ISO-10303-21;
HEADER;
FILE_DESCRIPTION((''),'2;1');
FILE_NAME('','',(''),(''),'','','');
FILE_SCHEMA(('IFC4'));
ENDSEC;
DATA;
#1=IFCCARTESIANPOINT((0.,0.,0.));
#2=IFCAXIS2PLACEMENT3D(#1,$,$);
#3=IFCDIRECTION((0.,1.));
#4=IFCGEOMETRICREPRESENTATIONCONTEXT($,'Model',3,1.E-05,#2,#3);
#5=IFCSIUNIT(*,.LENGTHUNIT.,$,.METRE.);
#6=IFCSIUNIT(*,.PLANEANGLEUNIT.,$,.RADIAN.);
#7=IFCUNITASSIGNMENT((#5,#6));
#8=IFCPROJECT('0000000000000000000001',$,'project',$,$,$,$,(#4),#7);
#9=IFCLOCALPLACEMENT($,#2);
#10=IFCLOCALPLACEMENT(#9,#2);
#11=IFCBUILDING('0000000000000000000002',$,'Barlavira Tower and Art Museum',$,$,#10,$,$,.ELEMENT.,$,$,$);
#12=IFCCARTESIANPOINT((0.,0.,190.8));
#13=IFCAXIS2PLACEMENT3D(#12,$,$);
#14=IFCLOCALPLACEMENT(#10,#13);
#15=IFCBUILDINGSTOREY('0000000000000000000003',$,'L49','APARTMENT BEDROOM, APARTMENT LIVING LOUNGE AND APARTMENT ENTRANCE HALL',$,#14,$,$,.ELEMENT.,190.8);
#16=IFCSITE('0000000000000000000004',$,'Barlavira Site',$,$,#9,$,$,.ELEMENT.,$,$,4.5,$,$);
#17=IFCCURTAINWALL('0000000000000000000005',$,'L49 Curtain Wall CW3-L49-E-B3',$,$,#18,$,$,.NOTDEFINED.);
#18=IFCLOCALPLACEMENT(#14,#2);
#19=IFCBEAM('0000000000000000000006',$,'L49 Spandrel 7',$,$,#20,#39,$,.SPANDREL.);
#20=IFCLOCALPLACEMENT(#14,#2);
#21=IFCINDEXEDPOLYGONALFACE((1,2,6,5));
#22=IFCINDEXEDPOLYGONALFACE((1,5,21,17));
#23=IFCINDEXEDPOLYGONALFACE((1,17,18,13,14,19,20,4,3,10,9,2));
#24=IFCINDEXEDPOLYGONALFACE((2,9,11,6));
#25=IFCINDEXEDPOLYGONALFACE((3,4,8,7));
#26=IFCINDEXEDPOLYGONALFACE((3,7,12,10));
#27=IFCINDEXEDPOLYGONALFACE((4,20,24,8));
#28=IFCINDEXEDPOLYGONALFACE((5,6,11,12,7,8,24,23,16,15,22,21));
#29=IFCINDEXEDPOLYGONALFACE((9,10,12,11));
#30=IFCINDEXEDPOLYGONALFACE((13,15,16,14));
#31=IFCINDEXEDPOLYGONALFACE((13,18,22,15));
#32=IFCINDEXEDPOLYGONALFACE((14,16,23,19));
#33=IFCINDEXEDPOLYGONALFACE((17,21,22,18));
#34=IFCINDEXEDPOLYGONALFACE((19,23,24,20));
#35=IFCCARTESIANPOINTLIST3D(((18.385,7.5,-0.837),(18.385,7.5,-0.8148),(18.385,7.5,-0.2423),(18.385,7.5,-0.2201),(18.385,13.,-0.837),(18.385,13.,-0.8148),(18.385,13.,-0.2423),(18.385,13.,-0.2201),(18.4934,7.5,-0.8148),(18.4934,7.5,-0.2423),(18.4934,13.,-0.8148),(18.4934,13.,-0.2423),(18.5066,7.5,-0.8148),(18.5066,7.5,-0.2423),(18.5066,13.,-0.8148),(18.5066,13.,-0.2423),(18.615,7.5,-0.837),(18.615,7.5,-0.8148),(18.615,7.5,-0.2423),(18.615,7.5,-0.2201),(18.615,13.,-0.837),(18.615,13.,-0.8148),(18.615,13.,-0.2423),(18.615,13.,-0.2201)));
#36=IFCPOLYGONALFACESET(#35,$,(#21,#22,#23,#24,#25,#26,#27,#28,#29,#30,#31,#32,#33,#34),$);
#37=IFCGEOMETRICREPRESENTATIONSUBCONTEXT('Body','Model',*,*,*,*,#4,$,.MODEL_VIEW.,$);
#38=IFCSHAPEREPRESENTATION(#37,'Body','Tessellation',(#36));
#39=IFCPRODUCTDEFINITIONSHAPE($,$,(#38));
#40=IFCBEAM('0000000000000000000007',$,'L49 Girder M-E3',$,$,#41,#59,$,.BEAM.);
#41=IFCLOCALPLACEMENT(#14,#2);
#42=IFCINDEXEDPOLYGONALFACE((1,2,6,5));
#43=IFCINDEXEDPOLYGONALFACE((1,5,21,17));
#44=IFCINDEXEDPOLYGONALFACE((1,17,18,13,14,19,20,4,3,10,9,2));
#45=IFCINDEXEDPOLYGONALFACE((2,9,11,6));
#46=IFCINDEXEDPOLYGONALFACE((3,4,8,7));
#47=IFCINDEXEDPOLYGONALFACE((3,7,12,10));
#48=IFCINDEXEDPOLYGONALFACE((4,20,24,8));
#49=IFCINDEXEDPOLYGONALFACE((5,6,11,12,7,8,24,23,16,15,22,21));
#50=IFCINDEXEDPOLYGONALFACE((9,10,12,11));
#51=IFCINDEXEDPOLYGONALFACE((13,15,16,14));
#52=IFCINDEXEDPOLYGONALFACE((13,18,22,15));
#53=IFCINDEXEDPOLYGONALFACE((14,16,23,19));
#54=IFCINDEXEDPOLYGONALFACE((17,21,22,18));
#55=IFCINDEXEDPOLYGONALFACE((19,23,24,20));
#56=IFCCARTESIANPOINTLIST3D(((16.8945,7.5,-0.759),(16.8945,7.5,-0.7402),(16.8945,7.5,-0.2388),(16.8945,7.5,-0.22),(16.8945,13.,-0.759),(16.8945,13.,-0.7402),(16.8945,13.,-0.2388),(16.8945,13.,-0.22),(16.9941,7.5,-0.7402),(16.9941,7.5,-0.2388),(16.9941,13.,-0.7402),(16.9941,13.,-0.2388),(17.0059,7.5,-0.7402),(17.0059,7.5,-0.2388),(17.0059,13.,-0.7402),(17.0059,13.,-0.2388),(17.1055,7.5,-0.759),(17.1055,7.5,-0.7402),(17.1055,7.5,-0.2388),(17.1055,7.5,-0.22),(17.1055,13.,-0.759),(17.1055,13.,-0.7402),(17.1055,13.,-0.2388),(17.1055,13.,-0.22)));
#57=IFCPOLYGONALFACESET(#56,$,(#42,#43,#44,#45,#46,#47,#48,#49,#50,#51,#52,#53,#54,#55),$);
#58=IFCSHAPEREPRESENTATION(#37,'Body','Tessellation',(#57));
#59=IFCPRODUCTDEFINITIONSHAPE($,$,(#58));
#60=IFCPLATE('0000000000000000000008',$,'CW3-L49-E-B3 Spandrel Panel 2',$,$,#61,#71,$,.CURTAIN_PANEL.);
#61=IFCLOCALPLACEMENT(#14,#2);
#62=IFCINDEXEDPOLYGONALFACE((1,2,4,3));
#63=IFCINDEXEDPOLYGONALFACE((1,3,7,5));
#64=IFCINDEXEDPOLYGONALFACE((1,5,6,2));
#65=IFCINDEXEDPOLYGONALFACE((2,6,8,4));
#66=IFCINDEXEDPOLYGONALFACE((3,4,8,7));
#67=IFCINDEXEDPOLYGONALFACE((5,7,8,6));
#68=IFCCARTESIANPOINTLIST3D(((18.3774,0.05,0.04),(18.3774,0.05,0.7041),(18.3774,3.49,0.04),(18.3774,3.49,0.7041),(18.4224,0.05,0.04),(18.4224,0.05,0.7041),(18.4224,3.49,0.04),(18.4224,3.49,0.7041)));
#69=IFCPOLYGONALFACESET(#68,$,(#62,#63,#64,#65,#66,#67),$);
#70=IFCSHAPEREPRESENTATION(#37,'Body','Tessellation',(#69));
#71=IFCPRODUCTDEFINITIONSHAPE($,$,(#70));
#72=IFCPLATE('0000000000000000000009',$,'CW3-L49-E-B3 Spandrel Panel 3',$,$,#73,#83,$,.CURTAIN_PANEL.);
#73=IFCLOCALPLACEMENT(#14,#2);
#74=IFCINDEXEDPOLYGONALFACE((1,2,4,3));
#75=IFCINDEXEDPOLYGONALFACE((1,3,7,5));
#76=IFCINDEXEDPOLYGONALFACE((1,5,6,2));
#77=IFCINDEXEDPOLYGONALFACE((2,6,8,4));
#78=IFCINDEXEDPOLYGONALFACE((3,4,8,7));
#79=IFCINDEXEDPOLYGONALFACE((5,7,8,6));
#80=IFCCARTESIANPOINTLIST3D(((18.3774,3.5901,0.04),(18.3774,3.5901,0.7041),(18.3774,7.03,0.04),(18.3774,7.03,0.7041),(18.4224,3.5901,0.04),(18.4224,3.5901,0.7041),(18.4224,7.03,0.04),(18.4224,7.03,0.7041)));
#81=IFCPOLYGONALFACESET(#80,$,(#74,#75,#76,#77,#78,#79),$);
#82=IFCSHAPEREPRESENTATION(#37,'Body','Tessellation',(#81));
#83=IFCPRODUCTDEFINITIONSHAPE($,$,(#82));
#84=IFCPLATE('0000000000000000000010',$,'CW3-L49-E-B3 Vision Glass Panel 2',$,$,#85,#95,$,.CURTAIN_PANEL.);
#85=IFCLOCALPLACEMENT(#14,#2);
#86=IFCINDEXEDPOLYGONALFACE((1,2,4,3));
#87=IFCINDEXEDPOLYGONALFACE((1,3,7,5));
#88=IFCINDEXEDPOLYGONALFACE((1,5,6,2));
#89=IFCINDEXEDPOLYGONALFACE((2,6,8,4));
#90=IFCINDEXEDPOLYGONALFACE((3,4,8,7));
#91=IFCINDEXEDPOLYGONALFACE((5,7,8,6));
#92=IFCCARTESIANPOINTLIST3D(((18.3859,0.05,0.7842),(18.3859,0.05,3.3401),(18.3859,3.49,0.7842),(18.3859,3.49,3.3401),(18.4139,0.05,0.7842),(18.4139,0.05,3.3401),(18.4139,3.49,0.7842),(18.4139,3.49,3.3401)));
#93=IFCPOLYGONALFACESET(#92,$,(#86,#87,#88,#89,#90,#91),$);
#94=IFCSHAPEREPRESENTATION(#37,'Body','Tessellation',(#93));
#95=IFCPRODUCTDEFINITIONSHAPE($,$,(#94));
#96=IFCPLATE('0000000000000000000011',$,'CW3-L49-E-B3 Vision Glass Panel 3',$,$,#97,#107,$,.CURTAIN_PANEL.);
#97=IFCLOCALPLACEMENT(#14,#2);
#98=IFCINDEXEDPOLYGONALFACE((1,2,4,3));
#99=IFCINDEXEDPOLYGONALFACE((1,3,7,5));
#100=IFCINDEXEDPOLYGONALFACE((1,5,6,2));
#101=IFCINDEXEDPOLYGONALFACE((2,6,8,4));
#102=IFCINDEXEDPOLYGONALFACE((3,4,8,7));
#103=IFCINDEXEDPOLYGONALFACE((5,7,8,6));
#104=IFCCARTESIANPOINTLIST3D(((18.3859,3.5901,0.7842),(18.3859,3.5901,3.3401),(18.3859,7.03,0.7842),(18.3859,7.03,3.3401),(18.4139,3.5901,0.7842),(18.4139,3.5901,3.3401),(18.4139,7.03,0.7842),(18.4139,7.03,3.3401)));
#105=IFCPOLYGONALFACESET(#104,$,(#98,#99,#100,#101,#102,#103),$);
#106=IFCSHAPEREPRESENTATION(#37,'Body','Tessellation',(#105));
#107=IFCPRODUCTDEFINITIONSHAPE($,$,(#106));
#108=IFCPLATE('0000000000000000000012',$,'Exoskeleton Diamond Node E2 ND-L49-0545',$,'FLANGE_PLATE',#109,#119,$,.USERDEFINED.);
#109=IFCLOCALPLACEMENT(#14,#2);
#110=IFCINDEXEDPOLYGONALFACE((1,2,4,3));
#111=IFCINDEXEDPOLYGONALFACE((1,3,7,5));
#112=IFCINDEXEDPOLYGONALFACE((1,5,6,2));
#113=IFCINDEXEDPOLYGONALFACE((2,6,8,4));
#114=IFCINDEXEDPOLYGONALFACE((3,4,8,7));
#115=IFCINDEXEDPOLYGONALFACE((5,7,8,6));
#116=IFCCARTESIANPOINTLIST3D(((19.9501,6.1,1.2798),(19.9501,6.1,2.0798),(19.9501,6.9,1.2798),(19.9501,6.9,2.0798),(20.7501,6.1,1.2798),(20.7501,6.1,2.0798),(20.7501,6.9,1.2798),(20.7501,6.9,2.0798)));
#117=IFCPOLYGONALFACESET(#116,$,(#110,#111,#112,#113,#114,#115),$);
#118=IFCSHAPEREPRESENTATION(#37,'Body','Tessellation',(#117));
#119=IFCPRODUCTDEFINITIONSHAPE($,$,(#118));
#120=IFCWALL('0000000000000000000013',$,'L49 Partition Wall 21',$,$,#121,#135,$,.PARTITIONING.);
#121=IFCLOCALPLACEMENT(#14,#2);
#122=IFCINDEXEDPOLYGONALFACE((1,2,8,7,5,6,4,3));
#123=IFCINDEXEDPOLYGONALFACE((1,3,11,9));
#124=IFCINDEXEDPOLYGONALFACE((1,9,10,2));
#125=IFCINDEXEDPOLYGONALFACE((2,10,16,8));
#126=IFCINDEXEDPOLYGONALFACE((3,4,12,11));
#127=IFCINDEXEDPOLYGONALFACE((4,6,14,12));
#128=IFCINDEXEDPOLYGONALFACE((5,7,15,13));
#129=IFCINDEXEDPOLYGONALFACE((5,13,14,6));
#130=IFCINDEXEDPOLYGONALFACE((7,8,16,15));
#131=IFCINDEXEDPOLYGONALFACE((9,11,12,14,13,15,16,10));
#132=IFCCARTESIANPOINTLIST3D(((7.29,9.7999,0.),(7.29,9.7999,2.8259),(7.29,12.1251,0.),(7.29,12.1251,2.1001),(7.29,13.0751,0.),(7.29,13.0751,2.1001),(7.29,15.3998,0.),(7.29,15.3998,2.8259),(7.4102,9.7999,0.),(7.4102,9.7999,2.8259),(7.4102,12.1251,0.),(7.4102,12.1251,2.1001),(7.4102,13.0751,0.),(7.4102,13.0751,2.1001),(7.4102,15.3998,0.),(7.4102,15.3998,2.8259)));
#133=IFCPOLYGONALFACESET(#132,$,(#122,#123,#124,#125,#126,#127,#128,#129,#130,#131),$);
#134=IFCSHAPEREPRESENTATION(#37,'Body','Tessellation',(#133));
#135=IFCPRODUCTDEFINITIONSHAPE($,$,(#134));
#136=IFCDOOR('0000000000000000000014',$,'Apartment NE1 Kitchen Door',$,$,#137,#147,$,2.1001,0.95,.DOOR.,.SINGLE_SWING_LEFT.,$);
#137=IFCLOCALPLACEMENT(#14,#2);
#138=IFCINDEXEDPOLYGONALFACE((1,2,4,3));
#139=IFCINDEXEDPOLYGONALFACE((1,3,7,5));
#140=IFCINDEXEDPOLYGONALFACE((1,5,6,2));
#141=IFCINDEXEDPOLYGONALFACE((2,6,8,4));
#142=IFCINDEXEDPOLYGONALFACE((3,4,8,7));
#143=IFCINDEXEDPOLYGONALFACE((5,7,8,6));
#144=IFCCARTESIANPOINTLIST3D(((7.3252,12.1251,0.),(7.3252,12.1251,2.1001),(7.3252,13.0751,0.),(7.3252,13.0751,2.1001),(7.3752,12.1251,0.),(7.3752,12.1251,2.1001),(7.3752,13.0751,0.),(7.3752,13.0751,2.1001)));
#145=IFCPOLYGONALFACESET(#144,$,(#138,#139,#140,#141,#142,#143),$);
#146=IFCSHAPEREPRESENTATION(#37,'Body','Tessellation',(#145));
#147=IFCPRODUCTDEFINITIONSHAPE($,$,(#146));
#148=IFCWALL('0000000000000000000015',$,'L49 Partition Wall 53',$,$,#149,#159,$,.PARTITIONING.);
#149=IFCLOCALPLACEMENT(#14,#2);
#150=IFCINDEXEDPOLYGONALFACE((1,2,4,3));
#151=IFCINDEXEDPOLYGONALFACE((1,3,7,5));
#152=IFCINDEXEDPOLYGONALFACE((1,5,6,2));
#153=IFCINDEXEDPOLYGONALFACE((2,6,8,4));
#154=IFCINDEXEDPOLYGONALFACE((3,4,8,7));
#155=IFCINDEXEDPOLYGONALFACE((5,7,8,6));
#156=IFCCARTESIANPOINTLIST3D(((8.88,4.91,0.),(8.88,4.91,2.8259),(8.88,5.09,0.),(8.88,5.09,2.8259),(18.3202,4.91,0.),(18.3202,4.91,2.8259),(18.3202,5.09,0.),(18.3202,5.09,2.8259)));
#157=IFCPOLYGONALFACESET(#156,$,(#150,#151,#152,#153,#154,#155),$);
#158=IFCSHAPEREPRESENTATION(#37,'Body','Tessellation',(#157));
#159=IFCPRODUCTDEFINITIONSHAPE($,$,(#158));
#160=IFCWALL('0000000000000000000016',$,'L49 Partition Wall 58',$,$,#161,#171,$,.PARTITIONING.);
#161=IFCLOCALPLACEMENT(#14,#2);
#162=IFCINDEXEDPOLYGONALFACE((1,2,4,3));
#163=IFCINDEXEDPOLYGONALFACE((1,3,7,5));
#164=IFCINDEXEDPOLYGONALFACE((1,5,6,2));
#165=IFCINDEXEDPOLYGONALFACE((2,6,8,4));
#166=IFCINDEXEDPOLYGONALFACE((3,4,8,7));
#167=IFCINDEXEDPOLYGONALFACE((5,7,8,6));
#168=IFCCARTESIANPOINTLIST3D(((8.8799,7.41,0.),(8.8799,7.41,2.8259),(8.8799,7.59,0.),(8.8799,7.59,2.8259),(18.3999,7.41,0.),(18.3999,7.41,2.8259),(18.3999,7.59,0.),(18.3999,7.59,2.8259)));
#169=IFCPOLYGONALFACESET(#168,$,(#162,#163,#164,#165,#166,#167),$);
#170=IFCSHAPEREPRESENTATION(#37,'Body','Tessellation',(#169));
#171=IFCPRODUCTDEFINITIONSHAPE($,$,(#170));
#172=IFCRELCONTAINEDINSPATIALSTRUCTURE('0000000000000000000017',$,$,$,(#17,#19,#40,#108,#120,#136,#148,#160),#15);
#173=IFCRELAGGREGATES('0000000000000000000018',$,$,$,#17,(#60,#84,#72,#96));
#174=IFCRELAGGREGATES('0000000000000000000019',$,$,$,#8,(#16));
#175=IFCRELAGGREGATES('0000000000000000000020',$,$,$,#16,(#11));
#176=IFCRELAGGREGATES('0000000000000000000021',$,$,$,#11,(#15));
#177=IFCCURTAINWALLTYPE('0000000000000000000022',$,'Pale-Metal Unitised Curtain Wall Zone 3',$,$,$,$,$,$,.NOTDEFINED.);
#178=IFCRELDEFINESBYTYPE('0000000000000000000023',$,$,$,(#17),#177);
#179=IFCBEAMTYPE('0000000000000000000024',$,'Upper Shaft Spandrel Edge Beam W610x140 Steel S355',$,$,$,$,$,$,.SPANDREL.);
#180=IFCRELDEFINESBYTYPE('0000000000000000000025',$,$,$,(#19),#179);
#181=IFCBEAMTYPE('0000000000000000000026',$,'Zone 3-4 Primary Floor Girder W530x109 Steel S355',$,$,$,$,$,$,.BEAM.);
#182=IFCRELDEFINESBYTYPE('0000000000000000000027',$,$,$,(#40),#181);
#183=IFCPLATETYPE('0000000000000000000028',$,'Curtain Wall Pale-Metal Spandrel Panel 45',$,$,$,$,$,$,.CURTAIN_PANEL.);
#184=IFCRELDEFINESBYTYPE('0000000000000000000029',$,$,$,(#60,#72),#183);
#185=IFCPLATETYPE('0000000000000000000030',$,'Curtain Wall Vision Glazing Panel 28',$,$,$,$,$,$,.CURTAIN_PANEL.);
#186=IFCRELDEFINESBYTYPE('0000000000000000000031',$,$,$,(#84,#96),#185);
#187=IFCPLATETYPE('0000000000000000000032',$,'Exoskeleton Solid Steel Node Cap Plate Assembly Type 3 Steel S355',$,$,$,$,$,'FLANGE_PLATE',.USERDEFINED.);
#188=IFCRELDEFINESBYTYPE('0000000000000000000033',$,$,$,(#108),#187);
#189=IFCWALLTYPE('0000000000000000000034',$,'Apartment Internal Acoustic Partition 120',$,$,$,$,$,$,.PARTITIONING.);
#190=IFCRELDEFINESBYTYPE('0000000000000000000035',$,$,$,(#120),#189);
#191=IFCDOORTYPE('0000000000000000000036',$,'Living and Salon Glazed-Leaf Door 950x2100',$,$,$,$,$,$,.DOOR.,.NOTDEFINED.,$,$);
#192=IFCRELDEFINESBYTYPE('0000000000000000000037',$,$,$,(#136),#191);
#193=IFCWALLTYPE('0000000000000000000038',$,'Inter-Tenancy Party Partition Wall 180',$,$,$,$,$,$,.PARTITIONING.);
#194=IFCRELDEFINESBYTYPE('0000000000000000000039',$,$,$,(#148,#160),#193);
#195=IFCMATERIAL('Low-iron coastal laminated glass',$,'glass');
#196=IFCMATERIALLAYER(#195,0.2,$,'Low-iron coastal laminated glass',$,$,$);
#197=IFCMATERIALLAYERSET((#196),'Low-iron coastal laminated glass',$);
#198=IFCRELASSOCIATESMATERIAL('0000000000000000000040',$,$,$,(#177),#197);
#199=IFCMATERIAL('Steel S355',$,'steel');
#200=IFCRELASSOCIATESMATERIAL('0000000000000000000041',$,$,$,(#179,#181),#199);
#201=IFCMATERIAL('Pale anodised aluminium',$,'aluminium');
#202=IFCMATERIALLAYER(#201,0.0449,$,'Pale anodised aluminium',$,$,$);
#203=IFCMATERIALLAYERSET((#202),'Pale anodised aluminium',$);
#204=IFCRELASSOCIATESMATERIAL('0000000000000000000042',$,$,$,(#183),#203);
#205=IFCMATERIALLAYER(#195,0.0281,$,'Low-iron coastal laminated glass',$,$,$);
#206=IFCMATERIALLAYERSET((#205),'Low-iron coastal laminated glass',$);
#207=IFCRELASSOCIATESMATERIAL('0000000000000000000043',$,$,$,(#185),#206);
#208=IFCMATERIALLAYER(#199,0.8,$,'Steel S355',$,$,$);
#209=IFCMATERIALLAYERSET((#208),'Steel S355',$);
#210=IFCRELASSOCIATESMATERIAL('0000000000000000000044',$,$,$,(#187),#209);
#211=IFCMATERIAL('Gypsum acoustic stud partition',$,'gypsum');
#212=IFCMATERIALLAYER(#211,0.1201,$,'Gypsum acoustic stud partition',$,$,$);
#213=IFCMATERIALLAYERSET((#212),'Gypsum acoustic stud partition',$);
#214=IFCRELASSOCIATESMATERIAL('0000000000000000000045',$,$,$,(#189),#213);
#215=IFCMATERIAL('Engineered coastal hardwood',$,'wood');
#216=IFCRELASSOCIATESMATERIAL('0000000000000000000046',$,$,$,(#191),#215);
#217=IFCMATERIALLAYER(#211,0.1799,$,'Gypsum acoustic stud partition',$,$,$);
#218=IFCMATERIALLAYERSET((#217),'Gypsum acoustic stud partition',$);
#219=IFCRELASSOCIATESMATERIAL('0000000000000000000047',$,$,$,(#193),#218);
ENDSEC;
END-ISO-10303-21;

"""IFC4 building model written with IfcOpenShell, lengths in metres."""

from ifc_helpers import new_model, si_unit, direction, frame, frame_2d, origin, origin_2d, place, context, subcontext, project, spatial, rectangle, i_section, extrude, material, layer, layer_set, material_profile, profile_set, type_object, element, fill, aggregate, save


model = new_model("IFC4")

# Units and contexts
model_context = context("Model", 3, precision=1e-05, world=origin(), true_north=direction((0.0, 1.0)))
body_context = subcontext(model_context, "Body", "Model", "MODEL_VIEW")
ifc_project = project(units=[si_unit("LENGTHUNIT", "METRE"), si_unit("PLANEANGLEUNIT", "RADIAN")], contexts=[model_context])

# Site, building, storey
site_placement = place(None, origin())
site = spatial("IfcSite", under=ifc_project, at=site_placement, Name="Barlavira Site", CompositionType="ELEMENT", RefElevation=4.5)
building_placement = place(site_placement, origin())
building = spatial("IfcBuilding", under=site, at=building_placement, Name="Barlavira Tower and Art Museum", CompositionType="ELEMENT")
storey_placement = place(building_placement, frame((0.0, 0.0, 190.8)))
storey = spatial("IfcBuildingStorey", under=building, at=storey_placement, Name="L49", Description="APARTMENT BEDROOM, APARTMENT LIVING LOUNGE AND APARTMENT ENTRANCE HALL", CompositionType="ELEMENT", Elevation=190.8)

# Curtain wall
ifc_material_1 = material(Name="Low-iron coastal laminated glass", Category="glass")
ifc_layer_1 = layer(ifc_material_1, 0.2, Name="Low-iron coastal laminated glass")
ifc_layer_set_1 = layer_set([ifc_layer_1], Name="Low-iron coastal laminated glass")
curtain_wall_type = type_object("IfcCurtainWallType", Name="Pale-Metal Unitised Curtain Wall Zone 3", PredefinedType="NOTDEFINED", material=ifc_layer_set_1)
curtain_wall_placement = place(storey_placement, origin())
curtain_wall = element("IfcCurtainWall", 1, at=curtain_wall_placement, inside=storey, type_object=curtain_wall_type, Name="L49 Curtain Wall CW3-L49-E-B3", PredefinedType="NOTDEFINED")
ifc_material_2 = material(Name="Pale anodised aluminium", Category="aluminium")

# Beams
ifc_material_3 = material(Name="Steel S355", Category="steel")
ifc_material_profile_1 = material_profile(ifc_material_3, i_section(OverallWidth=0.23, OverallDepth=0.6169, WebThickness=0.0132, FlangeThickness=0.0222, at=origin_2d()), Name="W610x140.0")
ifc_profile_set_1 = profile_set([ifc_material_profile_1], Name="Steel S355")
beam_type_1 = type_object("IfcBeamType", Name="Upper Shaft Spandrel Edge Beam W610x140 Steel S355", PredefinedType="SPANDREL", material=ifc_profile_set_1)
beam_1_placement = place(storey_placement, frame((18.5, 7.5, -0.5286), z_axis=(0.0, 1.0, 0.0), x_axis=(-1.0, 0.0, 0.0)))
element("IfcBeam", 2, at=beam_1_placement, inside=storey, type_object=beam_type_1, Name="L49 Spandrel 7", PredefinedType="SPANDREL", context=body_context, shape_type="SweptSolid", body=[
    extrude(i_section(OverallWidth=0.23, OverallDepth=0.6169, WebThickness=0.0132, FlangeThickness=0.0222, at=origin_2d()), origin(), (0.0, 0.0, 1.0), 5.5),
])
ifc_material_profile_2 = material_profile(ifc_material_3, i_section(OverallWidth=0.2109, OverallDepth=0.5391, WebThickness=0.0117, FlangeThickness=0.0188, at=origin_2d()), Name="W530x109.0")
ifc_profile_set_2 = profile_set([ifc_material_profile_2], Name="Steel S355")
beam_type_2 = type_object("IfcBeamType", Name="Zone 3-4 Primary Floor Girder W530x109 Steel S355", PredefinedType="BEAM", material=ifc_profile_set_2)
beam_2_placement = place(storey_placement, frame((17.0, 7.5, -0.4895), z_axis=(0.0, 1.0, 0.0), x_axis=(-1.0, 0.0, 0.0)))
element("IfcBeam", 3, at=beam_2_placement, inside=storey, type_object=beam_type_2, Name="L49 Girder M-E3", PredefinedType="BEAM", context=body_context, shape_type="SweptSolid", body=[
    extrude(i_section(OverallWidth=0.2109, OverallDepth=0.5391, WebThickness=0.0117, FlangeThickness=0.0188, at=origin_2d()), origin(), (0.0, 0.0, 1.0), 5.5),
])

# Plates
ifc_layer_2 = layer(ifc_material_2, 0.0449, Name="Pale anodised aluminium")
ifc_layer_set_2 = layer_set([ifc_layer_2], Name="Pale anodised aluminium")
plate_type_1 = type_object("IfcPlateType", Name="Curtain Wall Pale-Metal Spandrel Panel 45", PredefinedType="CURTAIN_PANEL", material=ifc_layer_set_2)
plate_1_placement = place(storey_placement, frame((18.3999, 1.77, 0.04), z_axis=(0.0, 0.0, 1.0), x_axis=(0.0, 1.0, 0.0)))
plate_1 = element("IfcPlate", 4, at=plate_1_placement, type_object=plate_type_1, Name="CW3-L49-E-B3 Spandrel Panel 2", PredefinedType="CURTAIN_PANEL", context=body_context, shape_type="SweptSolid", body=[
    extrude(rectangle(XDim=3.4399, YDim=0.0449, at=origin_2d()), origin(), (0.0, 0.0, 1.0), 0.6641),
])
plate_2_placement = place(storey_placement, frame((18.3999, 5.3101, 0.04), z_axis=(0.0, 0.0, 1.0), x_axis=(0.0, 1.0, 0.0)))
plate_2 = element("IfcPlate", 5, at=plate_2_placement, type_object=plate_type_1, Name="CW3-L49-E-B3 Spandrel Panel 3", PredefinedType="CURTAIN_PANEL", context=body_context, shape_type="SweptSolid", body=[
    extrude(rectangle(XDim=3.4399, YDim=0.0449, at=origin_2d()), origin(), (0.0, 0.0, 1.0), 0.6641),
])
ifc_layer_3 = layer(ifc_material_1, 0.0281, Name="Low-iron coastal laminated glass")
ifc_layer_set_3 = layer_set([ifc_layer_3], Name="Low-iron coastal laminated glass")
plate_type_2 = type_object("IfcPlateType", Name="Curtain Wall Vision Glazing Panel 28", PredefinedType="CURTAIN_PANEL", material=ifc_layer_set_3)
plate_3_placement = place(storey_placement, frame((18.3999, 1.77, 0.7842), z_axis=(0.0, 0.0, 1.0), x_axis=(0.0, 1.0, 0.0)))
plate_3 = element("IfcPlate", 6, at=plate_3_placement, type_object=plate_type_2, Name="CW3-L49-E-B3 Vision Glass Panel 2", PredefinedType="CURTAIN_PANEL", context=body_context, shape_type="SweptSolid", body=[
    extrude(rectangle(XDim=3.4399, YDim=0.0281, at=origin_2d()), origin(), (0.0, 0.0, 1.0), 2.5559),
])
plate_4_placement = place(storey_placement, frame((18.3999, 5.3101, 0.7842), z_axis=(0.0, 0.0, 1.0), x_axis=(0.0, 1.0, 0.0)))
plate_4 = element("IfcPlate", 7, at=plate_4_placement, type_object=plate_type_2, Name="CW3-L49-E-B3 Vision Glass Panel 3", PredefinedType="CURTAIN_PANEL", context=body_context, shape_type="SweptSolid", body=[
    extrude(rectangle(XDim=3.4399, YDim=0.0281, at=origin_2d()), origin(), (0.0, 0.0, 1.0), 2.5559),
])
aggregate(curtain_wall, [plate_1, plate_3, plate_2, plate_4])
ifc_layer_4 = layer(ifc_material_3, 0.8, Name="Steel S355")
ifc_layer_set_4 = layer_set([ifc_layer_4], Name="Steel S355")
plate_type_3 = type_object("IfcPlateType", Name="Exoskeleton Solid Steel Node Cap Plate Assembly Type 3 Steel S355", ElementType="FLANGE_PLATE", PredefinedType="USERDEFINED", material=ifc_layer_set_4)
plate_5_placement = place(storey_placement, frame((20.3501, 6.5, 1.2798), z_axis=(0.0, 0.0, 1.0), x_axis=(1.0, 0.0, 0.0)))
element("IfcPlate", 8, at=plate_5_placement, inside=storey, type_object=plate_type_3, Name="Exoskeleton Diamond Node E2 ND-L49-0545", ObjectType="FLANGE_PLATE", PredefinedType="USERDEFINED", context=body_context, shape_type="SweptSolid", body=[
    extrude(rectangle(XDim=0.8, YDim=0.8, at=origin_2d()), origin(), (0.0, 0.0, 1.0), 0.8),
])

# Wall, opening, door
ifc_material_4 = material(Name="Gypsum acoustic stud partition", Category="gypsum")
ifc_layer_5 = layer(ifc_material_4, 0.1201, Name="Gypsum acoustic stud partition")
ifc_layer_set_5 = layer_set([ifc_layer_5], Name="Gypsum acoustic stud partition")
wall_type_1 = type_object("IfcWallType", Name="Apartment Internal Acoustic Partition 120", PredefinedType="PARTITIONING", material=ifc_layer_set_5)
wall_1_placement = place(storey_placement, frame((7.3501, 9.8, 0.0), z_axis=(0.0, 0.0, 1.0), x_axis=(0.0, 1.0, 0.0)))
wall_1 = element("IfcWall", 9, at=wall_1_placement, inside=storey, type_object=wall_type_1, Name="L49 Partition Wall 21", PredefinedType="PARTITIONING", context=body_context, shape_type="SweptSolid", body=[
    extrude(rectangle(XDim=5.5999, YDim=0.1201, at=frame_2d((2.7998, 0.0))), origin(), (0.0, 0.0, 1.0), 2.8259),
])
opening_1_placement = place(wall_1_placement, frame((2.325, 0.0, 0.0)))
opening_1 = element("IfcOpeningElement", 10, at=opening_1_placement, cuts=wall_1, PredefinedType="OPENING", context=body_context, shape_type="SweptSolid", body=[
    extrude(rectangle(XDim=0.95, YDim=2.1001, at=frame_2d((0.4751, 1.05))), frame((0.0, 0.0701, 0.0), z_axis=(0.0, -1.0, 0.0), x_axis=(1.0, 0.0, 0.0)), (0.0, 0.0, 1.0), 0.1401),
])
ifc_material_5 = material(Name="Engineered coastal hardwood", Category="wood")
door_type = type_object("IfcDoorType", Name="Living and Salon Glazed-Leaf Door 950x2100", OperationType="NOTDEFINED", PredefinedType="DOOR", material=ifc_material_5)
door_placement = place(opening_1_placement, origin())
door = element("IfcDoor", 11, at=door_placement, inside=storey, type_object=door_type, Name="Apartment NE1 Kitchen Door", OperationType="SINGLE_SWING_LEFT", OverallHeight=2.1001, OverallWidth=0.95, PredefinedType="DOOR", context=body_context, shape_type="SweptSolid", body=[
    extrude(rectangle(XDim=0.95, YDim=2.1001, at=frame_2d((0.4751, 1.05))), frame((0.0, 0.0249, 0.0), z_axis=(0.0, -1.0, 0.0), x_axis=(1.0, 0.0, 0.0)), (0.0, 0.0, 1.0), 0.05),
])
fill(opening_1, door)

# Walls
ifc_layer_6 = layer(ifc_material_4, 0.1799, Name="Gypsum acoustic stud partition")
ifc_layer_set_6 = layer_set([ifc_layer_6], Name="Gypsum acoustic stud partition")
wall_type_2 = type_object("IfcWallType", Name="Inter-Tenancy Party Partition Wall 180", PredefinedType="PARTITIONING", material=ifc_layer_set_6)
wall_2_placement = place(storey_placement, frame((8.8799, 5.0, 0.0), z_axis=(0.0, 0.0, 1.0), x_axis=(1.0, 0.0, 0.0)))
element("IfcWall", 12, at=wall_2_placement, inside=storey, type_object=wall_type_2, Name="L49 Partition Wall 53", PredefinedType="PARTITIONING", context=body_context, shape_type="SweptSolid", body=[
    extrude(rectangle(XDim=9.4402, YDim=0.1799, at=frame_2d((4.7202, 0.0))), origin(), (0.0, 0.0, 1.0), 2.8259),
])
wall_3_placement = place(storey_placement, frame((8.8799, 7.5, 0.0), z_axis=(0.0, 0.0, 1.0), x_axis=(1.0, 0.0, 0.0)))
element("IfcWall", 13, at=wall_3_placement, inside=storey, type_object=wall_type_2, Name="L49 Partition Wall 58", PredefinedType="PARTITIONING", context=body_context, shape_type="SweptSolid", body=[
    extrude(rectangle(XDim=9.52, YDim=0.1799, at=frame_2d((4.76, 0.0))), origin(), (0.0, 0.0, 1.0), 2.8259),
])

save(model, "model.ifc")
